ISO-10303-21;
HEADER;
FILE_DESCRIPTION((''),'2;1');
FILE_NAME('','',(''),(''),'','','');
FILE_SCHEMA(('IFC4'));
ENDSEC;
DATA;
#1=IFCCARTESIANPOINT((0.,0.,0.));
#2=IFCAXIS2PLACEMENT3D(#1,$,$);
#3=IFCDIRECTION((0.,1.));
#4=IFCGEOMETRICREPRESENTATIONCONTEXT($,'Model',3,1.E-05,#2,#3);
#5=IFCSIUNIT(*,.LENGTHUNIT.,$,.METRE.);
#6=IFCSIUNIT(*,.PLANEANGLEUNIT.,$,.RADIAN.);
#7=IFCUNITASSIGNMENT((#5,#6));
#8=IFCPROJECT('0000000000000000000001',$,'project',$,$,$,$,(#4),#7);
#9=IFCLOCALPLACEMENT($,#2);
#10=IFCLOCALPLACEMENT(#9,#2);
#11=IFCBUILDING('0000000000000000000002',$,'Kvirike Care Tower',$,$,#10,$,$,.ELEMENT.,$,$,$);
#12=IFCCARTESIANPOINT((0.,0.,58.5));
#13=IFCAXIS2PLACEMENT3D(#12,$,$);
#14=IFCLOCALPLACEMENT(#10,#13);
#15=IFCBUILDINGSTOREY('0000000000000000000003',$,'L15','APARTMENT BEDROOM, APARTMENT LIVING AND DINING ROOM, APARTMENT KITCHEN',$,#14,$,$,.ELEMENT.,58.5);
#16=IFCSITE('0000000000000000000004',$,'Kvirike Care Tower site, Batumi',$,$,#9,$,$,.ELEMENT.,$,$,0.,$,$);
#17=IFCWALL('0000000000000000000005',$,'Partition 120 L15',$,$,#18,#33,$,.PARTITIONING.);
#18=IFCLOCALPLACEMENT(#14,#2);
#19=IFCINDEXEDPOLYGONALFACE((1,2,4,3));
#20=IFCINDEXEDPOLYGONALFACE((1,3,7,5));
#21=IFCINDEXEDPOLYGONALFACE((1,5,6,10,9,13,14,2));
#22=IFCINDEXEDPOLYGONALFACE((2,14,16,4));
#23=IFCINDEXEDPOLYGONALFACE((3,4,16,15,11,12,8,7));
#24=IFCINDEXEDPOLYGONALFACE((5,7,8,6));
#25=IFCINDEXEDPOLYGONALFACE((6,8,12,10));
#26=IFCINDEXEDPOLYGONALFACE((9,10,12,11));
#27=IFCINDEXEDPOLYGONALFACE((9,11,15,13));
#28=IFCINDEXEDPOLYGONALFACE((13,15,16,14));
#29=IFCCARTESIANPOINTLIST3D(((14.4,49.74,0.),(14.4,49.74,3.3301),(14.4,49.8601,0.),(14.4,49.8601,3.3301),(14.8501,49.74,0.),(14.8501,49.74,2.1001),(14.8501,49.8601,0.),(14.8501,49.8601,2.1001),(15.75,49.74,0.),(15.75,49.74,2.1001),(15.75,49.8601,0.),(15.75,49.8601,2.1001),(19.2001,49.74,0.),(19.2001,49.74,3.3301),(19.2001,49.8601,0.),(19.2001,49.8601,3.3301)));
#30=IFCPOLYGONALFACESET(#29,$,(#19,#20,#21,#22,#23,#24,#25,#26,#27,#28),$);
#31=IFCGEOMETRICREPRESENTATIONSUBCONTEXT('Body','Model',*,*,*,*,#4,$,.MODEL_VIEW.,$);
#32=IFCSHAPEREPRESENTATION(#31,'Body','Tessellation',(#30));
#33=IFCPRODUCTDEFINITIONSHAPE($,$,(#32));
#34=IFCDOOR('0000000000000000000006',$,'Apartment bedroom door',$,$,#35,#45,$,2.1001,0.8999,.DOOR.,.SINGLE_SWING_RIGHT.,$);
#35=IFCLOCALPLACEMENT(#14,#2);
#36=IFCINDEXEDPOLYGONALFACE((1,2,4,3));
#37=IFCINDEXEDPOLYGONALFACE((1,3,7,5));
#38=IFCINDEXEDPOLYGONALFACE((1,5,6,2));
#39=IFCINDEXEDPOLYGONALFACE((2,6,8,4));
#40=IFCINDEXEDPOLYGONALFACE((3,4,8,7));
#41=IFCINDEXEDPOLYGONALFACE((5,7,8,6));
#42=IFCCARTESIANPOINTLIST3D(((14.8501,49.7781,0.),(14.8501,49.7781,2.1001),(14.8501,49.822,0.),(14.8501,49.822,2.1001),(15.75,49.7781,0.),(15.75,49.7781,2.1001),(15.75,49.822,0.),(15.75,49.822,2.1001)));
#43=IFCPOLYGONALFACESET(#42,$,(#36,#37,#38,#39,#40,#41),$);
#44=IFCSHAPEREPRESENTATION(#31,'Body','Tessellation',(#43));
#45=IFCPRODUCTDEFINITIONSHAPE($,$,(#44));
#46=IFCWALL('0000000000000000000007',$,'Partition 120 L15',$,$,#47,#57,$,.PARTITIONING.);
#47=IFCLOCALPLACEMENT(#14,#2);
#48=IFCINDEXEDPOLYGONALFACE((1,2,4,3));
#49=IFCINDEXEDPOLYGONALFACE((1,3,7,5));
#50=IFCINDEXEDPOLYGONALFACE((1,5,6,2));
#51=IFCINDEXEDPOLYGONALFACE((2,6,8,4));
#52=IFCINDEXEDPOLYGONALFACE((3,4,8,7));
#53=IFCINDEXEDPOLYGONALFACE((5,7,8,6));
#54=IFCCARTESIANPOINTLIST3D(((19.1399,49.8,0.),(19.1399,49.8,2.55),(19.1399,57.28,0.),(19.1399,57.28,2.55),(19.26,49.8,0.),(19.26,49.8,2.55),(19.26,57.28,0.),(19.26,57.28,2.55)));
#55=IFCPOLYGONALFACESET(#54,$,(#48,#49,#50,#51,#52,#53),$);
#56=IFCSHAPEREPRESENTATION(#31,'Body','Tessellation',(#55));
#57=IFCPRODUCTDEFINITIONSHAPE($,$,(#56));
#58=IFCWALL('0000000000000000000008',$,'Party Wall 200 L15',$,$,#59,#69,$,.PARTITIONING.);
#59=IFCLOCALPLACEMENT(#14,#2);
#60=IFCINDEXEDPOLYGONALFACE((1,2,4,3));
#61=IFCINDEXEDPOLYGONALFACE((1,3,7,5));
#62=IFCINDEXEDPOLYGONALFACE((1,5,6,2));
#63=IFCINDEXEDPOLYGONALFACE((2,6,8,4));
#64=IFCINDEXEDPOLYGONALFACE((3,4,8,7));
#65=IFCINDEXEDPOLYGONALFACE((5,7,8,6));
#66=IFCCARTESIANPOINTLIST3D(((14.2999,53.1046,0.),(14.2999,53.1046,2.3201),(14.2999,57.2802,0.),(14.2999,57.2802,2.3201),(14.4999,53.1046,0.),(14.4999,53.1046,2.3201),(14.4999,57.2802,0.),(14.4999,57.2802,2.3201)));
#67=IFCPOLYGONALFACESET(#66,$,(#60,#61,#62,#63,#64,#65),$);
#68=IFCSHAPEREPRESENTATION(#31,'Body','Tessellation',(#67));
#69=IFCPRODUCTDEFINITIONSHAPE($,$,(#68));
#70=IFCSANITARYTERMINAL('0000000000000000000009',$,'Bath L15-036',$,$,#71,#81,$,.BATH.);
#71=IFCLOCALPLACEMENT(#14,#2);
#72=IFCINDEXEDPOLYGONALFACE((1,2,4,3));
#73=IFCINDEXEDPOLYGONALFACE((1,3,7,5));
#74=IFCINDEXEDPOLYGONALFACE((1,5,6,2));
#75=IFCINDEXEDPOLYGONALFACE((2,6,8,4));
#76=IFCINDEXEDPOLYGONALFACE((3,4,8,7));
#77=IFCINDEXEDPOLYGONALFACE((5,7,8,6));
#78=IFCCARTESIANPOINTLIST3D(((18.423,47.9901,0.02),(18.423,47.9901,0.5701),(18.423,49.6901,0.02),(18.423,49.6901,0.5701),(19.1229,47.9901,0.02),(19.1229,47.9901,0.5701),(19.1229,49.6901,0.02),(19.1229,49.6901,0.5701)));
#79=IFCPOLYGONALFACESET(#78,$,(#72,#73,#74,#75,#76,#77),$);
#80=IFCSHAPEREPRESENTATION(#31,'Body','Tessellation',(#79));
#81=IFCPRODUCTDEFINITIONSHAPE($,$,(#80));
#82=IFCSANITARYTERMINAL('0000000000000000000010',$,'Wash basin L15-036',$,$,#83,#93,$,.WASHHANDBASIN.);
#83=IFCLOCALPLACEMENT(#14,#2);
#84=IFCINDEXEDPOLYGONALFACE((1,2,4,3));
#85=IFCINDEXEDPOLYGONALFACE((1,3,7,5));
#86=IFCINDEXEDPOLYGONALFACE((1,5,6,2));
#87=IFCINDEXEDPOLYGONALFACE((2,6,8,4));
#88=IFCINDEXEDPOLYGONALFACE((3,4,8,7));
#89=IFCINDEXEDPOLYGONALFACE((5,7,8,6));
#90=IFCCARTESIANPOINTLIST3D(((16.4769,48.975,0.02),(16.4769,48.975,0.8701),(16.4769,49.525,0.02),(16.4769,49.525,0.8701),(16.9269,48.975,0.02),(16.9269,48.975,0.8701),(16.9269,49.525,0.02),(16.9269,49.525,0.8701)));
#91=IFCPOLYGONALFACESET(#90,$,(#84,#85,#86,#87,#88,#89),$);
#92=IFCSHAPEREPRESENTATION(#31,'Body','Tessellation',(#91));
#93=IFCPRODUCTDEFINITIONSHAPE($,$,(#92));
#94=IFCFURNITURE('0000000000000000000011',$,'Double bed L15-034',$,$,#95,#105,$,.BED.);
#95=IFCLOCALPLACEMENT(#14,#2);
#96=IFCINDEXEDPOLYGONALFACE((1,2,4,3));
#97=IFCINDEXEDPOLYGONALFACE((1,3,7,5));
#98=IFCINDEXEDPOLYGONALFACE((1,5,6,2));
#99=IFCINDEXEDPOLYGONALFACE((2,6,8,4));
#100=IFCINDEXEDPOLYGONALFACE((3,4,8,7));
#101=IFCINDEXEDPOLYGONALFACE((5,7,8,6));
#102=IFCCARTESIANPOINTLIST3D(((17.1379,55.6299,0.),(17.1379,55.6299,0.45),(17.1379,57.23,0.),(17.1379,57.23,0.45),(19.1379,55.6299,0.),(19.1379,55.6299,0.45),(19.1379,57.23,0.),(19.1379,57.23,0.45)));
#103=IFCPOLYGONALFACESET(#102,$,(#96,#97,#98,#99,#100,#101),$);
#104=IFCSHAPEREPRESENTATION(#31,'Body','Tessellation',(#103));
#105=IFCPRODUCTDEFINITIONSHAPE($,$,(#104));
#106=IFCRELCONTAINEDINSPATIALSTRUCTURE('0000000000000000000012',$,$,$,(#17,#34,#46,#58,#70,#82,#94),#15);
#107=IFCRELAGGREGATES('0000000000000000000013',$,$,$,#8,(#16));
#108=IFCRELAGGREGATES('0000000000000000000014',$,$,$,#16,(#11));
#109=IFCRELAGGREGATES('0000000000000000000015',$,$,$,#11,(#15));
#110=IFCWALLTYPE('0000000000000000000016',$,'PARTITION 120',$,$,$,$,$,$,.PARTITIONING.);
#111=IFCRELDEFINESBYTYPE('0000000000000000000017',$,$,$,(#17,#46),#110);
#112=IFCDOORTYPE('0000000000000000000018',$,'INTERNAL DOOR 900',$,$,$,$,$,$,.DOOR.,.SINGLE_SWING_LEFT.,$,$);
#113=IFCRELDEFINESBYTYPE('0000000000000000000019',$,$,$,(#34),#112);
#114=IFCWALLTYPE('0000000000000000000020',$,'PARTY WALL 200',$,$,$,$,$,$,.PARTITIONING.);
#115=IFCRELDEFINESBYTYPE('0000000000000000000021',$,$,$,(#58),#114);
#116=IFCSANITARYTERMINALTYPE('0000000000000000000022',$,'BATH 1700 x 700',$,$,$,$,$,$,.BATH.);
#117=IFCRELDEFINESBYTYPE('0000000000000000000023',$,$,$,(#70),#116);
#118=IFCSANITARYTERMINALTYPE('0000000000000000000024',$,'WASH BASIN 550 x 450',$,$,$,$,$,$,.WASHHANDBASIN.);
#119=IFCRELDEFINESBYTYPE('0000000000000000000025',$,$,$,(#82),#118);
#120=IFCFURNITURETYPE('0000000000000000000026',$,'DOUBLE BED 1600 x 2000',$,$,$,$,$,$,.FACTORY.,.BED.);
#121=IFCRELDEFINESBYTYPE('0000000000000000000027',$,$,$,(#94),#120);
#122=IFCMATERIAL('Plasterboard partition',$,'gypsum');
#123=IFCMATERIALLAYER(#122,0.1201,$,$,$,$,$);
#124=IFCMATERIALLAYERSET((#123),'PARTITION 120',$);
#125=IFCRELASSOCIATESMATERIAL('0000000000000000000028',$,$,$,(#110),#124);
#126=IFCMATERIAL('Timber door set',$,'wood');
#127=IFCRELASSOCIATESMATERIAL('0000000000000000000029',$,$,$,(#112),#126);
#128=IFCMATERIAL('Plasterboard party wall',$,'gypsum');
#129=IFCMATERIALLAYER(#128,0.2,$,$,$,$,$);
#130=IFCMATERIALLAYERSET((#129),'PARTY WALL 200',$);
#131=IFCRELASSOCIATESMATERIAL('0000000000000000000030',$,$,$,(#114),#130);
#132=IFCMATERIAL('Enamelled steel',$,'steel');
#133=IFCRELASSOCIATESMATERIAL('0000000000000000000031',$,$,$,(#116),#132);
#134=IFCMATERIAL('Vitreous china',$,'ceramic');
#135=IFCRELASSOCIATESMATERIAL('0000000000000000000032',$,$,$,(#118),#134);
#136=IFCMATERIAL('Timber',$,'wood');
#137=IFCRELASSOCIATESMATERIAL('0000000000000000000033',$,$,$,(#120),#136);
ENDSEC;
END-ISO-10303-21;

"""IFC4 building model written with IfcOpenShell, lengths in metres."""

from ifc_helpers import new_model, si_unit, direction, frame, frame_2d, origin, origin_2d, place, context, subcontext, project, spatial, rectangle, extrude, material, layer, layer_set, type_object, element, fill, save


model = new_model("IFC4")

# Units and contexts
model_context = context("Model", 3, precision=1e-05, world=origin(), true_north=direction((0.0, 1.0)))
body_context = subcontext(model_context, "Body", "Model", "MODEL_VIEW")
ifc_project = project(units=[si_unit("LENGTHUNIT", "METRE"), si_unit("PLANEANGLEUNIT", "RADIAN")], contexts=[model_context])

# Site, building, storey
site_placement = place(None, origin())
site = spatial("IfcSite", under=ifc_project, at=site_placement, Name="Kvirike Care Tower site, Batumi", CompositionType="ELEMENT", RefElevation=0.0)
building_placement = place(site_placement, origin())
building = spatial("IfcBuilding", under=site, at=building_placement, Name="Kvirike Care Tower", CompositionType="ELEMENT")
storey_placement = place(building_placement, frame((0.0, 0.0, 58.5)))
storey = spatial("IfcBuildingStorey", under=building, at=storey_placement, Name="L15", Description="APARTMENT BEDROOM, APARTMENT LIVING AND DINING ROOM, APARTMENT KITCHEN", CompositionType="ELEMENT", Elevation=58.5)

# Wall, opening, door
ifc_material_1 = material(Name="Plasterboard partition", Category="gypsum")
ifc_layer_1 = layer(ifc_material_1, 0.1201)
ifc_layer_set_1 = layer_set([ifc_layer_1], Name="PARTITION 120")
wall_type_1 = type_object("IfcWallType", Name="PARTITION 120", PredefinedType="PARTITIONING", material=ifc_layer_set_1)
ifc_material_2 = material(Name="Timber door set", Category="wood")
door_type_1 = type_object("IfcDoorType", Name="INTERNAL DOOR 900", OperationType="SINGLE_SWING_LEFT", PredefinedType="DOOR", material=ifc_material_2)
wall_1_placement = place(storey_placement, frame((19.2, 49.8, 0.0), z_axis=(0.0, 0.0, 1.0), x_axis=(-1.0, 0.0, 0.0)))
wall_1 = element("IfcWall", 1, at=wall_1_placement, inside=storey, type_object=wall_type_1, Name="Partition 120 L15", PredefinedType="PARTITIONING", context=body_context, shape_type="SweptSolid", body=[
    extrude(rectangle(XDim=4.8, YDim=0.1201, at=frame_2d((2.3999, 0.0))), origin(), (0.0, 0.0, 1.0), 3.3301),
])
opening_1_placement = place(wall_1_placement, frame((3.45, 0.0, 0.0)))
opening_1 = element("IfcOpeningElement", 2, at=opening_1_placement, cuts=wall_1, PredefinedType="OPENING", context=body_context, shape_type="SweptSolid", body=[
    extrude(rectangle(XDim=0.8999, YDim=2.1001, at=frame_2d((0.45, 1.05))), frame((0.0, 0.0706, 0.0), z_axis=(0.0, -1.0, 0.0), x_axis=(1.0, 0.0, 0.0)), (0.0, 0.0, 1.0), 0.1411),
])
door_1_placement = place(opening_1_placement, frame((0.8999, 0.0, 0.0), z_axis=(0.0, 0.0, 1.0), x_axis=(-1.0, 0.0, 0.0)))
door_1 = element("IfcDoor", 3, at=door_1_placement, inside=storey, type_object=door_type_1, Name="Apartment bedroom door", OperationType="SINGLE_SWING_RIGHT", OverallHeight=2.1001, OverallWidth=0.8999, PredefinedType="DOOR", context=body_context, shape_type="SweptSolid", body=[
    extrude(rectangle(XDim=0.8999, YDim=2.1001, at=frame_2d((0.45, 1.05))), frame((0.0, 0.022, 0.0), z_axis=(0.0, -1.0, 0.0), x_axis=(1.0, 0.0, 0.0)), (0.0, 0.0, 1.0), 0.0439),
])
fill(opening_1, door_1)

# Walls
wall_2_placement = place(storey_placement, frame((19.2, 57.28, 0.0), z_axis=(0.0, 0.0, 1.0), x_axis=(0.0, -1.0, 0.0)))
element("IfcWall", 4, at=wall_2_placement, inside=storey, type_object=wall_type_1, Name="Partition 120 L15", PredefinedType="PARTITIONING", context=body_context, shape_type="SweptSolid", body=[
    extrude(rectangle(XDim=7.48, YDim=0.1201, at=frame_2d((3.74, 0.0))), origin(), (0.0, 0.0, 1.0), 2.55),
])
ifc_material_3 = material(Name="Plasterboard party wall", Category="gypsum")
ifc_layer_2 = layer(ifc_material_3, 0.2)
ifc_layer_set_2 = layer_set([ifc_layer_2], Name="PARTY WALL 200")
wall_type_2 = type_object("IfcWallType", Name="PARTY WALL 200", PredefinedType="PARTITIONING", material=ifc_layer_set_2)
wall_3_placement = place(storey_placement, frame((14.3999, 53.1045, 0.0), z_axis=(0.0, 0.0, 1.0), x_axis=(0.0, 1.0, 0.0)))
element("IfcWall", 5, at=wall_3_placement, inside=storey, type_object=wall_type_2, Name="Party Wall 200 L15", PredefinedType="PARTITIONING", context=body_context, shape_type="SweptSolid", body=[
    extrude(rectangle(XDim=4.1755, YDim=0.2, at=frame_2d((2.0879, 0.0))), origin(), (0.0, 0.0, 1.0), 2.3201),
])

# Sanitary terminals
ifc_material_4 = material(Name="Enamelled steel", Category="steel")
sanitary_terminal_type_1 = type_object("IfcSanitaryTerminalType", Name="BATH 1700 x 700", PredefinedType="BATH", material=ifc_material_4)
sanitary_terminal_1_placement = place(storey_placement, frame((18.7729, 48.8401, 0.02), z_axis=(0.0, 0.0, 1.0), x_axis=(0.0, -1.0, 0.0)))
element("IfcSanitaryTerminal", 6, at=sanitary_terminal_1_placement, inside=storey, type_object=sanitary_terminal_type_1, Name="Bath L15-036", PredefinedType="BATH", context=body_context, shape_type="SweptSolid", body=[
    extrude(rectangle(XDim=1.7, YDim=0.7, at=origin_2d()), origin(), (0.0, 0.0, 1.0), 0.55),
])
ifc_material_5 = material(Name="Vitreous china", Category="ceramic")
sanitary_terminal_type_2 = type_object("IfcSanitaryTerminalType", Name="WASH BASIN 550 x 450", PredefinedType="WASHHANDBASIN", material=ifc_material_5)
sanitary_terminal_2_placement = place(storey_placement, frame((16.7019, 49.25, 0.02), z_axis=(0.0, 0.0, 1.0), x_axis=(0.0, 1.0, 0.0)))
element("IfcSanitaryTerminal", 7, at=sanitary_terminal_2_placement, inside=storey, type_object=sanitary_terminal_type_2, Name="Wash basin L15-036", PredefinedType="WASHHANDBASIN", context=body_context, shape_type="SweptSolid", body=[
    extrude(rectangle(XDim=0.55, YDim=0.45, at=origin_2d()), origin(), (0.0, 0.0, 1.0), 0.8501),
])

# Furniture
ifc_material_6 = material(Name="Timber", Category="wood")
furniture_type = type_object("IfcFurnitureType", Name="DOUBLE BED 1600 x 2000", AssemblyPlace="FACTORY", PredefinedType="BED", material=ifc_material_6)
furniture_placement = place(storey_placement, frame((18.1379, 56.4299, 0.0), z_axis=(0.0, 0.0, 1.0), x_axis=(0.0, -1.0, 0.0)))
element("IfcFurniture", 8, at=furniture_placement, inside=storey, type_object=furniture_type, Name="Double bed L15-034", PredefinedType="BED", context=body_context, shape_type="SweptSolid", body=[
    extrude(rectangle(XDim=1.6001, YDim=2.0, at=origin_2d()), origin(), (0.0, 0.0, 1.0), 0.45),
])

save(model, "model.ifc")
